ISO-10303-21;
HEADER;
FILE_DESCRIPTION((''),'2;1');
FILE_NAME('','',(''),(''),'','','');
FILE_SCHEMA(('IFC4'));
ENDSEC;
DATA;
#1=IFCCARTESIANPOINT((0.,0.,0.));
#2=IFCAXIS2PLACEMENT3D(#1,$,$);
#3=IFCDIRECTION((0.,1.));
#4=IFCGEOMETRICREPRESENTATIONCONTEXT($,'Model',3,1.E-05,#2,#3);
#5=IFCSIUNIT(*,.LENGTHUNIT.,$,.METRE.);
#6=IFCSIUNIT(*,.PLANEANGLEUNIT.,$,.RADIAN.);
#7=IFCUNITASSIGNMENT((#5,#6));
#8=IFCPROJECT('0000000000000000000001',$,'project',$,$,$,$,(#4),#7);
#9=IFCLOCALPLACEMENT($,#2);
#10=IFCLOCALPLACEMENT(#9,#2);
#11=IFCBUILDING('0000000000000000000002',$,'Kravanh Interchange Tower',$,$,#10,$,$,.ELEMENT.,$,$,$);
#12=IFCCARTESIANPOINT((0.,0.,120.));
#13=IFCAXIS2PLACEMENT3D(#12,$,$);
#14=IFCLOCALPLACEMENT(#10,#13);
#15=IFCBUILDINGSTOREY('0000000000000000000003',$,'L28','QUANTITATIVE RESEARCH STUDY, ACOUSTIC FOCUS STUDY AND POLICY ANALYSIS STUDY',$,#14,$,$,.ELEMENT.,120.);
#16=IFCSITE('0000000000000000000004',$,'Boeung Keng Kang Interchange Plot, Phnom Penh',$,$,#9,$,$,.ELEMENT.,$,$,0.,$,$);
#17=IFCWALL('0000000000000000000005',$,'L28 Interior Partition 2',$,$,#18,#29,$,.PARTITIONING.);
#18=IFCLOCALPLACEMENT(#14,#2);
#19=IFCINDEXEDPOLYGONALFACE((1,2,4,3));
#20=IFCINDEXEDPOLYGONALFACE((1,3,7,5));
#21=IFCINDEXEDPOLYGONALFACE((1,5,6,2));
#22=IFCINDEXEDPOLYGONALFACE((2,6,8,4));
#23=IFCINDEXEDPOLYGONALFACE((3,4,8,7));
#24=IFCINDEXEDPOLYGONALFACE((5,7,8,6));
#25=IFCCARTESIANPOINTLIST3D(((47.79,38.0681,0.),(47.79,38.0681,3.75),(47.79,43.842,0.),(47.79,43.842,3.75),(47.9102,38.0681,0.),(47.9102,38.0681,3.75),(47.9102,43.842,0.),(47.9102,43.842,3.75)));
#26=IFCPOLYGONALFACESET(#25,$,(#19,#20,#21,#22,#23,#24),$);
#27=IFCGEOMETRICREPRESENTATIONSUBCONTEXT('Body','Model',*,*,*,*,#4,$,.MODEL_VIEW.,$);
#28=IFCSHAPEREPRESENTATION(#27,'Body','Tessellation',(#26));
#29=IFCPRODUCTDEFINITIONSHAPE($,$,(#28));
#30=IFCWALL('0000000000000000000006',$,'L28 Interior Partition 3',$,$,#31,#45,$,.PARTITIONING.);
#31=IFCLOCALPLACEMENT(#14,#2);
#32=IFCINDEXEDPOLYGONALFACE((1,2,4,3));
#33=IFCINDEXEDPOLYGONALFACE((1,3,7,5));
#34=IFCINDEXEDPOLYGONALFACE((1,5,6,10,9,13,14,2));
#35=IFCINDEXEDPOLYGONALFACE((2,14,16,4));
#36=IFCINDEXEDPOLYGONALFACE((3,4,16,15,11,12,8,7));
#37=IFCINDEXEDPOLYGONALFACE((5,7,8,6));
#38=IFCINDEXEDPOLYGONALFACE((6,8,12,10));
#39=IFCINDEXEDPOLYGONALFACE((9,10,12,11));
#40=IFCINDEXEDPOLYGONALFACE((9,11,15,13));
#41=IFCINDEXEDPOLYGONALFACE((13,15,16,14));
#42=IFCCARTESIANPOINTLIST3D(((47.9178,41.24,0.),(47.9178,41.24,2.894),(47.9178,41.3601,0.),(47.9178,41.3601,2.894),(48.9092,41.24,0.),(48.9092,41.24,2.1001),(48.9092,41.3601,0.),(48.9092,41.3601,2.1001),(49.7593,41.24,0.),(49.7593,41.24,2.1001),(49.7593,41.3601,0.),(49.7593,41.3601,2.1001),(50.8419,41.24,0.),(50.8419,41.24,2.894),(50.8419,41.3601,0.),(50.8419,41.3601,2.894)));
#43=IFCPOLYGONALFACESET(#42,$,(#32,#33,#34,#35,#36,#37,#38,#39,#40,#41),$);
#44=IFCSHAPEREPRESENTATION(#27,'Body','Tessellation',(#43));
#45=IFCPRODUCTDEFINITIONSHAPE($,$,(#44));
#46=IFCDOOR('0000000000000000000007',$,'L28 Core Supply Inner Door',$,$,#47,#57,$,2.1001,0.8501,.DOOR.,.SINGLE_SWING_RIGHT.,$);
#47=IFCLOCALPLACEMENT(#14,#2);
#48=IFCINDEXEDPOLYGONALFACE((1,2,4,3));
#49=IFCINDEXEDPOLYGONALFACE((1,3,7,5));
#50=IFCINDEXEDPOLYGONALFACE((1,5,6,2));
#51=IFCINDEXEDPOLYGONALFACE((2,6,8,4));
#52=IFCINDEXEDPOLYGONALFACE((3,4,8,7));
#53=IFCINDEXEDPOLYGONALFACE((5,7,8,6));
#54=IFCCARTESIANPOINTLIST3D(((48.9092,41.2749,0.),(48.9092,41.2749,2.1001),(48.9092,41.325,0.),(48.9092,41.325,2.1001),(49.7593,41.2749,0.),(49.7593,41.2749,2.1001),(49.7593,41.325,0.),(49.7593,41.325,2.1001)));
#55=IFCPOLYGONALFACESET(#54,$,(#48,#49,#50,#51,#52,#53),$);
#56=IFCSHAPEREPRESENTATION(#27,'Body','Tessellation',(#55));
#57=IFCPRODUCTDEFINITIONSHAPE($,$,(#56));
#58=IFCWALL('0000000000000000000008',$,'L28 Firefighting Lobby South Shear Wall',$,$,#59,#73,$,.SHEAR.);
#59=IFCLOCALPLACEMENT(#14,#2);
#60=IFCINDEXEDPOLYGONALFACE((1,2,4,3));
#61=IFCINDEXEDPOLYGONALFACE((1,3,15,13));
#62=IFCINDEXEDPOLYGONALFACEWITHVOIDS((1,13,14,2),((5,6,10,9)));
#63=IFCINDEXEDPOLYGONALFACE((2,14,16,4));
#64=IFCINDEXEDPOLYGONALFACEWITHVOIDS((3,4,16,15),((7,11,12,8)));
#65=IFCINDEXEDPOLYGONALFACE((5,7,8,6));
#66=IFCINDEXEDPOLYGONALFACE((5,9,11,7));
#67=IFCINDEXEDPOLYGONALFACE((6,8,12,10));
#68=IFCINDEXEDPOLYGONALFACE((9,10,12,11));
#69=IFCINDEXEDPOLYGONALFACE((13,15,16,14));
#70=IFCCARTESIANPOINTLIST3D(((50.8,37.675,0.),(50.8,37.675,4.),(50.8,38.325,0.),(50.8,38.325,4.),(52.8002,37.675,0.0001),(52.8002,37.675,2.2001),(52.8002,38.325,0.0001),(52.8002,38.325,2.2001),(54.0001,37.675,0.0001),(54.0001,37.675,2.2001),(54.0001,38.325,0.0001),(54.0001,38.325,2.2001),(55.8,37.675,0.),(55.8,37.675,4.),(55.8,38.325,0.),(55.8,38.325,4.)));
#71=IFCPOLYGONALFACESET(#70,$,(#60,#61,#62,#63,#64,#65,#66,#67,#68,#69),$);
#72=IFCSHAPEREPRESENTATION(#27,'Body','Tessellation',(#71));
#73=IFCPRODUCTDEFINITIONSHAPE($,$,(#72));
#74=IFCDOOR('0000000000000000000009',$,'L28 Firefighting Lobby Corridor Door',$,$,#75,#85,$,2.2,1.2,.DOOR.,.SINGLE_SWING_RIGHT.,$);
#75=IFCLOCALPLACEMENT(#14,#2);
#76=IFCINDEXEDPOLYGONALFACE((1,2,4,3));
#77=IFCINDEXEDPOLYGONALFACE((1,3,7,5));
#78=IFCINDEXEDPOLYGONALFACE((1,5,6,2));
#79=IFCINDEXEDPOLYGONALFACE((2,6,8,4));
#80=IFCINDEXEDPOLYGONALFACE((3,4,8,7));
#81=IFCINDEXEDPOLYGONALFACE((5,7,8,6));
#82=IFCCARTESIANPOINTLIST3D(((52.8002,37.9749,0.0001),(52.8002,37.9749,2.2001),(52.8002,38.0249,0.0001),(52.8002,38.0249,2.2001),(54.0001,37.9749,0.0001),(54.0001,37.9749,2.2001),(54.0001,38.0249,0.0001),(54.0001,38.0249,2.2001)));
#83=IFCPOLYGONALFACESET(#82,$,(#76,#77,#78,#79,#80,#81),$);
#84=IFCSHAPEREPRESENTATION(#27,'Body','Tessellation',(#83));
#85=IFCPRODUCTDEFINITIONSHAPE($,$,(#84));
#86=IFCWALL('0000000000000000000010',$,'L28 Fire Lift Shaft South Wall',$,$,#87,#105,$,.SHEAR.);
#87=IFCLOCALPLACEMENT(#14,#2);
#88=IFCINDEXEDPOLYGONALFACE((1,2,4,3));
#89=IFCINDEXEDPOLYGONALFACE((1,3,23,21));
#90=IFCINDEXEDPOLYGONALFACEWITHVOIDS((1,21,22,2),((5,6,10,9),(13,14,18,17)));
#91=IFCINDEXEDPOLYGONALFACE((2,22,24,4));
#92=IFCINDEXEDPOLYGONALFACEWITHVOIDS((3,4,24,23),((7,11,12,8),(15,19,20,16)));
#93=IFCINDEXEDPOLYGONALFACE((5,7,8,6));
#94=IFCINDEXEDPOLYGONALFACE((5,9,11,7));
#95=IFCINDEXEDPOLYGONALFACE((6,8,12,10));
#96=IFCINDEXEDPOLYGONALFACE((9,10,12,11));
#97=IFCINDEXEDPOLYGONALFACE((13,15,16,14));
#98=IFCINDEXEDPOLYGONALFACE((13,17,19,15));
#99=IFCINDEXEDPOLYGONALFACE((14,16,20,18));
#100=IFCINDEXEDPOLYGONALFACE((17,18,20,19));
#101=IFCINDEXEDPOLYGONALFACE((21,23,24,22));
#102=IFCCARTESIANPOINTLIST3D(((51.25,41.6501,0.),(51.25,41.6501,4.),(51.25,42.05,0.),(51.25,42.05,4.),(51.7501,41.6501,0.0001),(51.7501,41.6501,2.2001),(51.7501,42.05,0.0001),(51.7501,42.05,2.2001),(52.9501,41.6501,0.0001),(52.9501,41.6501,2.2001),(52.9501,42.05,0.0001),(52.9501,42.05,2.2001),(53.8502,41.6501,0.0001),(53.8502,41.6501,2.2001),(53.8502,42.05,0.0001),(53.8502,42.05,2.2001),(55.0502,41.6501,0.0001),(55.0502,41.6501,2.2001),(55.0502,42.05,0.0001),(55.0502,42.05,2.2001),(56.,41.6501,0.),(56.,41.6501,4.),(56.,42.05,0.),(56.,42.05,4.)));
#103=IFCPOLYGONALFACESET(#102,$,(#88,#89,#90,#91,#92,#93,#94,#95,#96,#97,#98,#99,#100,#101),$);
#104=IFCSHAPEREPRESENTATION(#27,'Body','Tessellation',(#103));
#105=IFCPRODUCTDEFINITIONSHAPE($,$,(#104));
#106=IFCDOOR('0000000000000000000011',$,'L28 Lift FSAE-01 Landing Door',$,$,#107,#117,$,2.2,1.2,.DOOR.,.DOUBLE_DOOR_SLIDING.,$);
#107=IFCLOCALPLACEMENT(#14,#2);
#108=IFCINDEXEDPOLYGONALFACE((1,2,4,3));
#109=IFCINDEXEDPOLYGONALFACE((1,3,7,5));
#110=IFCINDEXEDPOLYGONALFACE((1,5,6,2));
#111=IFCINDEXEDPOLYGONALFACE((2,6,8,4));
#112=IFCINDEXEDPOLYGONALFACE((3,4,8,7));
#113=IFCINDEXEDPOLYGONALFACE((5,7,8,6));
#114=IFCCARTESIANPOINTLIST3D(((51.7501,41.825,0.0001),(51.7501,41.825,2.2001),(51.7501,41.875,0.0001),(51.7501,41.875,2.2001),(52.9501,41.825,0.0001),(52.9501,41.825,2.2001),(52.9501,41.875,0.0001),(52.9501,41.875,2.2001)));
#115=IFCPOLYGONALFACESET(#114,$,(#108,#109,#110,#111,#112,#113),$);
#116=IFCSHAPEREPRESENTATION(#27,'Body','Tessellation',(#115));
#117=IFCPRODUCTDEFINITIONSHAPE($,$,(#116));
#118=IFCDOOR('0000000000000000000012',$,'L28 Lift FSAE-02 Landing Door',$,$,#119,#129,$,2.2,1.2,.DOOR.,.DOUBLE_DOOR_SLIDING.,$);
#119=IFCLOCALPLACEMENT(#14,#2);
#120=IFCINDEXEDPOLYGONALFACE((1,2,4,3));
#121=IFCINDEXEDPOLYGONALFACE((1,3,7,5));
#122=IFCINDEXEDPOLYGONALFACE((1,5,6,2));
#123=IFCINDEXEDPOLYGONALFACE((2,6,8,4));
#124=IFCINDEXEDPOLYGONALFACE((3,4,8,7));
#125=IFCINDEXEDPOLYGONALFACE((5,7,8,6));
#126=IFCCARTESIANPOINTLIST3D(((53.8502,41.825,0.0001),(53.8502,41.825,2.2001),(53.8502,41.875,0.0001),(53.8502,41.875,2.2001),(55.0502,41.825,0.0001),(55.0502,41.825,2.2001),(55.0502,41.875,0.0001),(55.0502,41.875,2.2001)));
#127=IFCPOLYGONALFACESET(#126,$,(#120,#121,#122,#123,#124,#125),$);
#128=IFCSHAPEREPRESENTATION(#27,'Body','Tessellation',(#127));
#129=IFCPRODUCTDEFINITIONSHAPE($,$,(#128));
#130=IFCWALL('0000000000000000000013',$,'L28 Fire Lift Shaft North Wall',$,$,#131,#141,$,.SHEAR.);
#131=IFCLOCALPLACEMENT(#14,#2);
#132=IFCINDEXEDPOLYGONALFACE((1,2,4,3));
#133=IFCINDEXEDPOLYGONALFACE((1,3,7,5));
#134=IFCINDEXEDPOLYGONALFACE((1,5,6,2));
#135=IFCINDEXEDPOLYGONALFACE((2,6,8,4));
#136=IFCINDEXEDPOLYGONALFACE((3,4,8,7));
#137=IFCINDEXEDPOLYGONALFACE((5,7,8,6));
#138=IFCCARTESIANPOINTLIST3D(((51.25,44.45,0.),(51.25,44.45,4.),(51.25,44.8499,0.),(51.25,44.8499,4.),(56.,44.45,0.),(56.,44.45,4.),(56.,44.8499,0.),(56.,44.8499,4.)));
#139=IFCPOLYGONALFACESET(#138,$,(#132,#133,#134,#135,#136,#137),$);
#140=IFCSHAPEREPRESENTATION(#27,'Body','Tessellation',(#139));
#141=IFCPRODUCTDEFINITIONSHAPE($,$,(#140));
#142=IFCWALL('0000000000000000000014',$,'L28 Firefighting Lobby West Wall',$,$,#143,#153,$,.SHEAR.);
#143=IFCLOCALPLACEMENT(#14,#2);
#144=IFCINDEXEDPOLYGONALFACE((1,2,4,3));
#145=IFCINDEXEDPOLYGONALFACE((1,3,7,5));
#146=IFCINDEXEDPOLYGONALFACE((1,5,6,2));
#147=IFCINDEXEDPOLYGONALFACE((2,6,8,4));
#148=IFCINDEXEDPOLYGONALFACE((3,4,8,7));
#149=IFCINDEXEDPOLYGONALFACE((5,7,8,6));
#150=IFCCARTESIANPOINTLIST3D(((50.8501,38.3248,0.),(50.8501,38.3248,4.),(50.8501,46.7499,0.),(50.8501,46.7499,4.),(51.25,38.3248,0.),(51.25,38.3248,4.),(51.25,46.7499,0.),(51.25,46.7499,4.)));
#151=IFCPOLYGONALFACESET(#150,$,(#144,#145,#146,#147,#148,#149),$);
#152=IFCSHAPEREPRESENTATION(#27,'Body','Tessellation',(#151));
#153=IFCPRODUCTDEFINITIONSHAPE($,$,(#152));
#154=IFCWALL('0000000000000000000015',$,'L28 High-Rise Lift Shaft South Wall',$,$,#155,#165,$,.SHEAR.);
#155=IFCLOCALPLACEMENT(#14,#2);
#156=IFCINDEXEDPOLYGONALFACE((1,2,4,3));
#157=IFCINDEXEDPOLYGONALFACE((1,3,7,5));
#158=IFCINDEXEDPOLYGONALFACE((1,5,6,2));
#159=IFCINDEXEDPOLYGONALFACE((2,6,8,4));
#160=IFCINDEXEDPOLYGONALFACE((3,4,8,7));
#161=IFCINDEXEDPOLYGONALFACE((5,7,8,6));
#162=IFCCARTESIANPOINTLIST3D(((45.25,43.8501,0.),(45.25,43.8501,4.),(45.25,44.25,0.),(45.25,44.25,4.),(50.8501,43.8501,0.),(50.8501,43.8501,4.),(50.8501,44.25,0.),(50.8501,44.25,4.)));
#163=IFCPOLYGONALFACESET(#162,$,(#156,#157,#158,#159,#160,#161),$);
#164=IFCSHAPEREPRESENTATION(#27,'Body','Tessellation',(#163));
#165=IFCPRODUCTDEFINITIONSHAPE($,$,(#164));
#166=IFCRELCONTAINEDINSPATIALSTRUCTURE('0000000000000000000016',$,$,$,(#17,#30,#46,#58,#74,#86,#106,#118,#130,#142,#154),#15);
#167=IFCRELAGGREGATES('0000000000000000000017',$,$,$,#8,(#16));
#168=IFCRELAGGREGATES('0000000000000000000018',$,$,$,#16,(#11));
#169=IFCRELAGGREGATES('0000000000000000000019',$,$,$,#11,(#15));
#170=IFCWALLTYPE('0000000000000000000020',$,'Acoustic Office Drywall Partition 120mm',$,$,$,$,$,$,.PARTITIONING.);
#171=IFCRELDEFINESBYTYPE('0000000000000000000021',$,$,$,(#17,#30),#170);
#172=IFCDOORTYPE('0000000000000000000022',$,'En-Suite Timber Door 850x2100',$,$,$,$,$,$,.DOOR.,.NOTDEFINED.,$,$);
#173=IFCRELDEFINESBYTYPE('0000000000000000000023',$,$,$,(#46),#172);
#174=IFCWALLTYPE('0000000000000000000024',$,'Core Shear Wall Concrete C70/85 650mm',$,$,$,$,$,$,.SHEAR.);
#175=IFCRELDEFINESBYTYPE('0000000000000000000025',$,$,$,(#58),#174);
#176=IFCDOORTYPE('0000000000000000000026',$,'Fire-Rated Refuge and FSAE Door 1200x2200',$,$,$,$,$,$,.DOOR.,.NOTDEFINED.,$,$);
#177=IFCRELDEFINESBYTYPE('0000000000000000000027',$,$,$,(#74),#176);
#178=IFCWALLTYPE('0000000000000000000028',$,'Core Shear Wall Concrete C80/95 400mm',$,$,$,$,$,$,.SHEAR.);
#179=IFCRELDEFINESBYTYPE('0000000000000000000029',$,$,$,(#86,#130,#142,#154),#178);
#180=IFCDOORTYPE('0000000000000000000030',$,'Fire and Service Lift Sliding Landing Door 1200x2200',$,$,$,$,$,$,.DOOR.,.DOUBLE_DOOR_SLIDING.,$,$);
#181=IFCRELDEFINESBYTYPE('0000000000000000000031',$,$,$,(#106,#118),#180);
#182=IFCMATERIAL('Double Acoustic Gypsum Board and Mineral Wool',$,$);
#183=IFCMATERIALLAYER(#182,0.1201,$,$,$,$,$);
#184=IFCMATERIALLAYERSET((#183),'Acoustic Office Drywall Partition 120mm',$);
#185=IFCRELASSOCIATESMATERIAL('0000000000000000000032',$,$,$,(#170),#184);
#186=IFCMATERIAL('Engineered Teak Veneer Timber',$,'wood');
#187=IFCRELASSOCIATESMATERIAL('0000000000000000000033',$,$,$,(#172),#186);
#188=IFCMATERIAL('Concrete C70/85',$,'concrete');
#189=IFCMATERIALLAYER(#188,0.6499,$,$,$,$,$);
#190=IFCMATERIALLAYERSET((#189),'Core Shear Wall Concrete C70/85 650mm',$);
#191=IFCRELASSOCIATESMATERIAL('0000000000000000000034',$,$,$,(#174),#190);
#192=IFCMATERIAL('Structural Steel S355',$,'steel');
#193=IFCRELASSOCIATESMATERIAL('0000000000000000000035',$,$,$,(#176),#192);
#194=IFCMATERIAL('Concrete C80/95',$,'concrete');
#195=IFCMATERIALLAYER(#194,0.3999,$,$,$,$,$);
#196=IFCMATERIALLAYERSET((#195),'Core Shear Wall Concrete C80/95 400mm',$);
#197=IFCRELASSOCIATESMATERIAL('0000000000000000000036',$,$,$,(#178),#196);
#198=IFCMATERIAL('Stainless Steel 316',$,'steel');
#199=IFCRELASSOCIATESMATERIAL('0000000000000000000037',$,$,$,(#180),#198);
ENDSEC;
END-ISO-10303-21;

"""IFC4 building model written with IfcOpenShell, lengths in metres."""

from ifc_helpers import new_model, si_unit, direction, frame, frame_2d, origin, place, context, subcontext, project, spatial, rectangle, extrude, material, layer, layer_set, type_object, element, fill, save


model = new_model("IFC4")

# Units and contexts
model_context = context("Model", 3, precision=1e-05, world=origin(), true_north=direction((0.0, 1.0)))
body_context = subcontext(model_context, "Body", "Model", "MODEL_VIEW")
ifc_project = project(units=[si_unit("LENGTHUNIT", "METRE"), si_unit("PLANEANGLEUNIT", "RADIAN")], contexts=[model_context])

# Site, building, storey
site_placement = place(None, origin())
site = spatial("IfcSite", under=ifc_project, at=site_placement, Name="Boeung Keng Kang Interchange Plot, Phnom Penh", CompositionType="ELEMENT", RefElevation=0.0)
building_placement = place(site_placement, origin())
building = spatial("IfcBuilding", under=site, at=building_placement, Name="Kravanh Interchange Tower", CompositionType="ELEMENT")
storey_placement = place(building_placement, frame((0.0, 0.0, 120.0)))
storey = spatial("IfcBuildingStorey", under=building, at=storey_placement, Name="L28", Description="QUANTITATIVE RESEARCH STUDY, ACOUSTIC FOCUS STUDY AND POLICY ANALYSIS STUDY", CompositionType="ELEMENT", Elevation=120.0)

# Wall
ifc_material_1 = material(Name="Double Acoustic Gypsum Board and Mineral Wool")
ifc_layer_1 = layer(ifc_material_1, 0.1201)
ifc_layer_set_1 = layer_set([ifc_layer_1], Name="Acoustic Office Drywall Partition 120mm")
wall_type_1 = type_object("IfcWallType", Name="Acoustic Office Drywall Partition 120mm", PredefinedType="PARTITIONING", material=ifc_layer_set_1)
wall_1_placement = place(storey_placement, frame((47.8501, 38.0681, 0.0), z_axis=(0.0, 0.0, 1.0), x_axis=(0.0, 1.0, 0.0)))
element("IfcWall", 1, at=wall_1_placement, inside=storey, type_object=wall_type_1, Name="L28 Interior Partition 2", PredefinedType="PARTITIONING", context=body_context, shape_type="SweptSolid", body=[
    extrude(rectangle(XDim=5.7739, YDim=0.1201, at=frame_2d((2.887, 0.0))), origin(), (0.0, 0.0, 1.0), 3.75),
])

# Wall, opening, door
wall_2_placement = place(storey_placement, frame((47.918, 41.3, 0.0), z_axis=(0.0, 0.0, 1.0), x_axis=(1.0, 0.0, 0.0)))
wall_2 = element("IfcWall", 2, at=wall_2_placement, inside=storey, type_object=wall_type_1, Name="L28 Interior Partition 3", PredefinedType="PARTITIONING", context=body_context, shape_type="SweptSolid", body=[
    extrude(rectangle(XDim=2.9241, YDim=0.1201, at=frame_2d((1.4619, 0.0))), origin(), (0.0, 0.0, 1.0), 2.894),
])
opening_1_placement = place(wall_2_placement, frame((0.9912, 0.0, 0.0)))
opening_1 = element("IfcOpeningElement", 3, at=opening_1_placement, cuts=wall_2, PredefinedType="OPENING", context=body_context, shape_type="SweptSolid", body=[
    extrude(rectangle(XDim=0.8501, YDim=2.1001, at=frame_2d((0.425, 1.05))), frame((0.0, 0.0701, 0.0), z_axis=(0.0, -1.0, 0.0), x_axis=(1.0, 0.0, 0.0)), (0.0, 0.0, 1.0), 0.1401),
])
ifc_material_2 = material(Name="Engineered Teak Veneer Timber", Category="wood")
door_type_1 = type_object("IfcDoorType", Name="En-Suite Timber Door 850x2100", OperationType="NOTDEFINED", PredefinedType="DOOR", material=ifc_material_2)
door_1_placement = place(opening_1_placement, origin())
door_1 = element("IfcDoor", 4, at=door_1_placement, inside=storey, type_object=door_type_1, Name="L28 Core Supply Inner Door", OperationType="SINGLE_SWING_RIGHT", OverallHeight=2.1001, OverallWidth=0.8501, PredefinedType="DOOR", context=body_context, shape_type="SweptSolid", body=[
    extrude(rectangle(XDim=0.8501, YDim=2.1001, at=frame_2d((0.425, 1.05))), frame((0.0, 0.0249, 0.0), z_axis=(0.0, -1.0, 0.0), x_axis=(1.0, 0.0, 0.0)), (0.0, 0.0, 1.0), 0.05),
])
fill(opening_1, door_1)

# Shared definitions
ifc_material_3 = material(Name="Concrete C70/85", Category="concrete")
ifc_layer_2 = layer(ifc_material_3, 0.6499)
ifc_layer_set_2 = layer_set([ifc_layer_2], Name="Core Shear Wall Concrete C70/85 650mm")
wall_type_2 = type_object("IfcWallType", Name="Core Shear Wall Concrete C70/85 650mm", PredefinedType="SHEAR", material=ifc_layer_set_2)

# Wall, opening, door
wall_3_placement = place(storey_placement, frame((50.8, 38.0, 0.0), z_axis=(0.0, 0.0, 1.0), x_axis=(1.0, 0.0, 0.0)))
wall_3 = element("IfcWall", 5, at=wall_3_placement, inside=storey, type_object=wall_type_2, Name="L28 Firefighting Lobby South Shear Wall", PredefinedType="SHEAR", context=body_context, shape_type="SweptSolid", body=[
    extrude(rectangle(XDim=5.0, YDim=0.6499, at=frame_2d((2.5, 0.0))), origin(), (0.0, 0.0, 1.0), 4.0),
])
opening_2_placement = place(wall_3_placement, frame((2.0, 0.0, 0.0)))
opening_2 = element("IfcOpeningElement", 6, at=opening_2_placement, cuts=wall_3, PredefinedType="OPENING", context=body_context, shape_type="SweptSolid", body=[
    extrude(rectangle(XDim=1.2, YDim=2.2, at=frame_2d((0.6001, 1.1001))), frame((0.0, 0.335, 0.0), z_axis=(0.0, -1.0, 0.0), x_axis=(1.0, 0.0, 0.0)), (0.0, 0.0, 1.0), 0.6699),
])
ifc_material_4 = material(Name="Structural Steel S355", Category="steel")
door_type_2 = type_object("IfcDoorType", Name="Fire-Rated Refuge and FSAE Door 1200x2200", OperationType="NOTDEFINED", PredefinedType="DOOR", material=ifc_material_4)
door_2_placement = place(opening_2_placement, origin())
door_2 = element("IfcDoor", 7, at=door_2_placement, inside=storey, type_object=door_type_2, Name="L28 Firefighting Lobby Corridor Door", OperationType="SINGLE_SWING_RIGHT", OverallHeight=2.2, OverallWidth=1.2, PredefinedType="DOOR", context=body_context, shape_type="SweptSolid", body=[
    extrude(rectangle(XDim=1.2, YDim=2.2, at=frame_2d((0.6001, 1.1001))), frame((0.0, 0.0249, 0.0), z_axis=(0.0, -1.0, 0.0), x_axis=(1.0, 0.0, 0.0)), (0.0, 0.0, 1.0), 0.05),
])
fill(opening_2, door_2)

# Wall, openings, doors
ifc_material_5 = material(Name="Concrete C80/95", Category="concrete")
ifc_layer_3 = layer(ifc_material_5, 0.3999)
ifc_layer_set_3 = layer_set([ifc_layer_3], Name="Core Shear Wall Concrete C80/95 400mm")
wall_type_3 = type_object("IfcWallType", Name="Core Shear Wall Concrete C80/95 400mm", PredefinedType="SHEAR", material=ifc_layer_set_3)
wall_4_placement = place(storey_placement, frame((51.25, 41.8501, 0.0), z_axis=(0.0, 0.0, 1.0), x_axis=(1.0, 0.0, 0.0)))
wall_4 = element("IfcWall", 8, at=wall_4_placement, inside=storey, type_object=wall_type_3, Name="L28 Fire Lift Shaft South Wall", PredefinedType="SHEAR", context=body_context, shape_type="SweptSolid", body=[
    extrude(rectangle(XDim=4.75, YDim=0.3999, at=frame_2d((2.375, 0.0))), origin(), (0.0, 0.0, 1.0), 4.0),
])
opening_3_placement = place(wall_4_placement, frame((0.5, 0.0, 0.0)))
opening_3 = element("IfcOpeningElement", 9, at=opening_3_placement, cuts=wall_4, PredefinedType="OPENING", context=body_context, shape_type="SweptSolid", body=[
    extrude(rectangle(XDim=1.2, YDim=2.2, at=frame_2d((0.6001, 1.1001))), frame((0.0, 0.21, 0.0), z_axis=(0.0, -1.0, 0.0), x_axis=(1.0, 0.0, 0.0)), (0.0, 0.0, 1.0), 0.4199),
])
opening_4_placement = place(wall_4_placement, frame((2.6001, 0.0, 0.0)))
opening_4 = element("IfcOpeningElement", 10, at=opening_4_placement, cuts=wall_4, PredefinedType="OPENING", context=body_context, shape_type="SweptSolid", body=[
    extrude(rectangle(XDim=1.2, YDim=2.2, at=frame_2d((0.6001, 1.1001))), frame((0.0, 0.21, 0.0), z_axis=(0.0, -1.0, 0.0), x_axis=(1.0, 0.0, 0.0)), (0.0, 0.0, 1.0), 0.4199),
])
ifc_material_6 = material(Name="Stainless Steel 316", Category="steel")
door_type_3 = type_object("IfcDoorType", Name="Fire and Service Lift Sliding Landing Door 1200x2200", OperationType="DOUBLE_DOOR_SLIDING", PredefinedType="DOOR", material=ifc_material_6)
door_3_placement = place(opening_3_placement, origin())
door_3 = element("IfcDoor", 11, at=door_3_placement, inside=storey, type_object=door_type_3, Name="L28 Lift FSAE-01 Landing Door", OperationType="DOUBLE_DOOR_SLIDING", OverallHeight=2.2, OverallWidth=1.2, PredefinedType="DOOR", context=body_context, shape_type="SweptSolid", body=[
    extrude(rectangle(XDim=1.2, YDim=2.2, at=frame_2d((0.6001, 1.1001))), frame((0.0, 0.0249, 0.0), z_axis=(0.0, -1.0, 0.0), x_axis=(1.0, 0.0, 0.0)), (0.0, 0.0, 1.0), 0.05),
])
fill(opening_3, door_3)
door_4_placement = place(opening_4_placement, origin())
door_4 = element("IfcDoor", 12, at=door_4_placement, inside=storey, type_object=door_type_3, Name="L28 Lift FSAE-02 Landing Door", OperationType="DOUBLE_DOOR_SLIDING", OverallHeight=2.2, OverallWidth=1.2, PredefinedType="DOOR", context=body_context, shape_type="SweptSolid", body=[
    extrude(rectangle(XDim=1.2, YDim=2.2, at=frame_2d((0.6001, 1.1001))), frame((0.0, 0.0249, 0.0), z_axis=(0.0, -1.0, 0.0), x_axis=(1.0, 0.0, 0.0)), (0.0, 0.0, 1.0), 0.05),
])
fill(opening_4, door_4)

# Walls
wall_5_placement = place(storey_placement, frame((51.25, 44.6499, 0.0), z_axis=(0.0, 0.0, 1.0), x_axis=(1.0, 0.0, 0.0)))
element("IfcWall", 13, at=wall_5_placement, inside=storey, type_object=wall_type_3, Name="L28 Fire Lift Shaft North Wall", PredefinedType="SHEAR", context=body_context, shape_type="SweptSolid", body=[
    extrude(rectangle(XDim=4.75, YDim=0.3999, at=frame_2d((2.375, 0.0))), origin(), (0.0, 0.0, 1.0), 4.0),
])
wall_6_placement = place(storey_placement, frame((51.05, 38.325, 0.0), z_axis=(0.0, 0.0, 1.0), x_axis=(0.0, 1.0, 0.0)))
element("IfcWall", 14, at=wall_6_placement, inside=storey, type_object=wall_type_3, Name="L28 Firefighting Lobby West Wall", PredefinedType="SHEAR", context=body_context, shape_type="SweptSolid", body=[
    extrude(rectangle(XDim=8.425, YDim=0.3999, at=frame_2d((4.2124, 0.0))), origin(), (0.0, 0.0, 1.0), 4.0),
])
wall_7_placement = place(storey_placement, frame((45.25, 44.05, 0.0), z_axis=(0.0, 0.0, 1.0), x_axis=(1.0, 0.0, 0.0)))
element("IfcWall", 15, at=wall_7_placement, inside=storey, type_object=wall_type_3, Name="L28 High-Rise Lift Shaft South Wall", PredefinedType="SHEAR", context=body_context, shape_type="SweptSolid", body=[
    extrude(rectangle(XDim=5.6001, YDim=0.3999, at=frame_2d((2.8, 0.0))), origin(), (0.0, 0.0, 1.0), 4.0),
])

save(model, "model.ifc")
